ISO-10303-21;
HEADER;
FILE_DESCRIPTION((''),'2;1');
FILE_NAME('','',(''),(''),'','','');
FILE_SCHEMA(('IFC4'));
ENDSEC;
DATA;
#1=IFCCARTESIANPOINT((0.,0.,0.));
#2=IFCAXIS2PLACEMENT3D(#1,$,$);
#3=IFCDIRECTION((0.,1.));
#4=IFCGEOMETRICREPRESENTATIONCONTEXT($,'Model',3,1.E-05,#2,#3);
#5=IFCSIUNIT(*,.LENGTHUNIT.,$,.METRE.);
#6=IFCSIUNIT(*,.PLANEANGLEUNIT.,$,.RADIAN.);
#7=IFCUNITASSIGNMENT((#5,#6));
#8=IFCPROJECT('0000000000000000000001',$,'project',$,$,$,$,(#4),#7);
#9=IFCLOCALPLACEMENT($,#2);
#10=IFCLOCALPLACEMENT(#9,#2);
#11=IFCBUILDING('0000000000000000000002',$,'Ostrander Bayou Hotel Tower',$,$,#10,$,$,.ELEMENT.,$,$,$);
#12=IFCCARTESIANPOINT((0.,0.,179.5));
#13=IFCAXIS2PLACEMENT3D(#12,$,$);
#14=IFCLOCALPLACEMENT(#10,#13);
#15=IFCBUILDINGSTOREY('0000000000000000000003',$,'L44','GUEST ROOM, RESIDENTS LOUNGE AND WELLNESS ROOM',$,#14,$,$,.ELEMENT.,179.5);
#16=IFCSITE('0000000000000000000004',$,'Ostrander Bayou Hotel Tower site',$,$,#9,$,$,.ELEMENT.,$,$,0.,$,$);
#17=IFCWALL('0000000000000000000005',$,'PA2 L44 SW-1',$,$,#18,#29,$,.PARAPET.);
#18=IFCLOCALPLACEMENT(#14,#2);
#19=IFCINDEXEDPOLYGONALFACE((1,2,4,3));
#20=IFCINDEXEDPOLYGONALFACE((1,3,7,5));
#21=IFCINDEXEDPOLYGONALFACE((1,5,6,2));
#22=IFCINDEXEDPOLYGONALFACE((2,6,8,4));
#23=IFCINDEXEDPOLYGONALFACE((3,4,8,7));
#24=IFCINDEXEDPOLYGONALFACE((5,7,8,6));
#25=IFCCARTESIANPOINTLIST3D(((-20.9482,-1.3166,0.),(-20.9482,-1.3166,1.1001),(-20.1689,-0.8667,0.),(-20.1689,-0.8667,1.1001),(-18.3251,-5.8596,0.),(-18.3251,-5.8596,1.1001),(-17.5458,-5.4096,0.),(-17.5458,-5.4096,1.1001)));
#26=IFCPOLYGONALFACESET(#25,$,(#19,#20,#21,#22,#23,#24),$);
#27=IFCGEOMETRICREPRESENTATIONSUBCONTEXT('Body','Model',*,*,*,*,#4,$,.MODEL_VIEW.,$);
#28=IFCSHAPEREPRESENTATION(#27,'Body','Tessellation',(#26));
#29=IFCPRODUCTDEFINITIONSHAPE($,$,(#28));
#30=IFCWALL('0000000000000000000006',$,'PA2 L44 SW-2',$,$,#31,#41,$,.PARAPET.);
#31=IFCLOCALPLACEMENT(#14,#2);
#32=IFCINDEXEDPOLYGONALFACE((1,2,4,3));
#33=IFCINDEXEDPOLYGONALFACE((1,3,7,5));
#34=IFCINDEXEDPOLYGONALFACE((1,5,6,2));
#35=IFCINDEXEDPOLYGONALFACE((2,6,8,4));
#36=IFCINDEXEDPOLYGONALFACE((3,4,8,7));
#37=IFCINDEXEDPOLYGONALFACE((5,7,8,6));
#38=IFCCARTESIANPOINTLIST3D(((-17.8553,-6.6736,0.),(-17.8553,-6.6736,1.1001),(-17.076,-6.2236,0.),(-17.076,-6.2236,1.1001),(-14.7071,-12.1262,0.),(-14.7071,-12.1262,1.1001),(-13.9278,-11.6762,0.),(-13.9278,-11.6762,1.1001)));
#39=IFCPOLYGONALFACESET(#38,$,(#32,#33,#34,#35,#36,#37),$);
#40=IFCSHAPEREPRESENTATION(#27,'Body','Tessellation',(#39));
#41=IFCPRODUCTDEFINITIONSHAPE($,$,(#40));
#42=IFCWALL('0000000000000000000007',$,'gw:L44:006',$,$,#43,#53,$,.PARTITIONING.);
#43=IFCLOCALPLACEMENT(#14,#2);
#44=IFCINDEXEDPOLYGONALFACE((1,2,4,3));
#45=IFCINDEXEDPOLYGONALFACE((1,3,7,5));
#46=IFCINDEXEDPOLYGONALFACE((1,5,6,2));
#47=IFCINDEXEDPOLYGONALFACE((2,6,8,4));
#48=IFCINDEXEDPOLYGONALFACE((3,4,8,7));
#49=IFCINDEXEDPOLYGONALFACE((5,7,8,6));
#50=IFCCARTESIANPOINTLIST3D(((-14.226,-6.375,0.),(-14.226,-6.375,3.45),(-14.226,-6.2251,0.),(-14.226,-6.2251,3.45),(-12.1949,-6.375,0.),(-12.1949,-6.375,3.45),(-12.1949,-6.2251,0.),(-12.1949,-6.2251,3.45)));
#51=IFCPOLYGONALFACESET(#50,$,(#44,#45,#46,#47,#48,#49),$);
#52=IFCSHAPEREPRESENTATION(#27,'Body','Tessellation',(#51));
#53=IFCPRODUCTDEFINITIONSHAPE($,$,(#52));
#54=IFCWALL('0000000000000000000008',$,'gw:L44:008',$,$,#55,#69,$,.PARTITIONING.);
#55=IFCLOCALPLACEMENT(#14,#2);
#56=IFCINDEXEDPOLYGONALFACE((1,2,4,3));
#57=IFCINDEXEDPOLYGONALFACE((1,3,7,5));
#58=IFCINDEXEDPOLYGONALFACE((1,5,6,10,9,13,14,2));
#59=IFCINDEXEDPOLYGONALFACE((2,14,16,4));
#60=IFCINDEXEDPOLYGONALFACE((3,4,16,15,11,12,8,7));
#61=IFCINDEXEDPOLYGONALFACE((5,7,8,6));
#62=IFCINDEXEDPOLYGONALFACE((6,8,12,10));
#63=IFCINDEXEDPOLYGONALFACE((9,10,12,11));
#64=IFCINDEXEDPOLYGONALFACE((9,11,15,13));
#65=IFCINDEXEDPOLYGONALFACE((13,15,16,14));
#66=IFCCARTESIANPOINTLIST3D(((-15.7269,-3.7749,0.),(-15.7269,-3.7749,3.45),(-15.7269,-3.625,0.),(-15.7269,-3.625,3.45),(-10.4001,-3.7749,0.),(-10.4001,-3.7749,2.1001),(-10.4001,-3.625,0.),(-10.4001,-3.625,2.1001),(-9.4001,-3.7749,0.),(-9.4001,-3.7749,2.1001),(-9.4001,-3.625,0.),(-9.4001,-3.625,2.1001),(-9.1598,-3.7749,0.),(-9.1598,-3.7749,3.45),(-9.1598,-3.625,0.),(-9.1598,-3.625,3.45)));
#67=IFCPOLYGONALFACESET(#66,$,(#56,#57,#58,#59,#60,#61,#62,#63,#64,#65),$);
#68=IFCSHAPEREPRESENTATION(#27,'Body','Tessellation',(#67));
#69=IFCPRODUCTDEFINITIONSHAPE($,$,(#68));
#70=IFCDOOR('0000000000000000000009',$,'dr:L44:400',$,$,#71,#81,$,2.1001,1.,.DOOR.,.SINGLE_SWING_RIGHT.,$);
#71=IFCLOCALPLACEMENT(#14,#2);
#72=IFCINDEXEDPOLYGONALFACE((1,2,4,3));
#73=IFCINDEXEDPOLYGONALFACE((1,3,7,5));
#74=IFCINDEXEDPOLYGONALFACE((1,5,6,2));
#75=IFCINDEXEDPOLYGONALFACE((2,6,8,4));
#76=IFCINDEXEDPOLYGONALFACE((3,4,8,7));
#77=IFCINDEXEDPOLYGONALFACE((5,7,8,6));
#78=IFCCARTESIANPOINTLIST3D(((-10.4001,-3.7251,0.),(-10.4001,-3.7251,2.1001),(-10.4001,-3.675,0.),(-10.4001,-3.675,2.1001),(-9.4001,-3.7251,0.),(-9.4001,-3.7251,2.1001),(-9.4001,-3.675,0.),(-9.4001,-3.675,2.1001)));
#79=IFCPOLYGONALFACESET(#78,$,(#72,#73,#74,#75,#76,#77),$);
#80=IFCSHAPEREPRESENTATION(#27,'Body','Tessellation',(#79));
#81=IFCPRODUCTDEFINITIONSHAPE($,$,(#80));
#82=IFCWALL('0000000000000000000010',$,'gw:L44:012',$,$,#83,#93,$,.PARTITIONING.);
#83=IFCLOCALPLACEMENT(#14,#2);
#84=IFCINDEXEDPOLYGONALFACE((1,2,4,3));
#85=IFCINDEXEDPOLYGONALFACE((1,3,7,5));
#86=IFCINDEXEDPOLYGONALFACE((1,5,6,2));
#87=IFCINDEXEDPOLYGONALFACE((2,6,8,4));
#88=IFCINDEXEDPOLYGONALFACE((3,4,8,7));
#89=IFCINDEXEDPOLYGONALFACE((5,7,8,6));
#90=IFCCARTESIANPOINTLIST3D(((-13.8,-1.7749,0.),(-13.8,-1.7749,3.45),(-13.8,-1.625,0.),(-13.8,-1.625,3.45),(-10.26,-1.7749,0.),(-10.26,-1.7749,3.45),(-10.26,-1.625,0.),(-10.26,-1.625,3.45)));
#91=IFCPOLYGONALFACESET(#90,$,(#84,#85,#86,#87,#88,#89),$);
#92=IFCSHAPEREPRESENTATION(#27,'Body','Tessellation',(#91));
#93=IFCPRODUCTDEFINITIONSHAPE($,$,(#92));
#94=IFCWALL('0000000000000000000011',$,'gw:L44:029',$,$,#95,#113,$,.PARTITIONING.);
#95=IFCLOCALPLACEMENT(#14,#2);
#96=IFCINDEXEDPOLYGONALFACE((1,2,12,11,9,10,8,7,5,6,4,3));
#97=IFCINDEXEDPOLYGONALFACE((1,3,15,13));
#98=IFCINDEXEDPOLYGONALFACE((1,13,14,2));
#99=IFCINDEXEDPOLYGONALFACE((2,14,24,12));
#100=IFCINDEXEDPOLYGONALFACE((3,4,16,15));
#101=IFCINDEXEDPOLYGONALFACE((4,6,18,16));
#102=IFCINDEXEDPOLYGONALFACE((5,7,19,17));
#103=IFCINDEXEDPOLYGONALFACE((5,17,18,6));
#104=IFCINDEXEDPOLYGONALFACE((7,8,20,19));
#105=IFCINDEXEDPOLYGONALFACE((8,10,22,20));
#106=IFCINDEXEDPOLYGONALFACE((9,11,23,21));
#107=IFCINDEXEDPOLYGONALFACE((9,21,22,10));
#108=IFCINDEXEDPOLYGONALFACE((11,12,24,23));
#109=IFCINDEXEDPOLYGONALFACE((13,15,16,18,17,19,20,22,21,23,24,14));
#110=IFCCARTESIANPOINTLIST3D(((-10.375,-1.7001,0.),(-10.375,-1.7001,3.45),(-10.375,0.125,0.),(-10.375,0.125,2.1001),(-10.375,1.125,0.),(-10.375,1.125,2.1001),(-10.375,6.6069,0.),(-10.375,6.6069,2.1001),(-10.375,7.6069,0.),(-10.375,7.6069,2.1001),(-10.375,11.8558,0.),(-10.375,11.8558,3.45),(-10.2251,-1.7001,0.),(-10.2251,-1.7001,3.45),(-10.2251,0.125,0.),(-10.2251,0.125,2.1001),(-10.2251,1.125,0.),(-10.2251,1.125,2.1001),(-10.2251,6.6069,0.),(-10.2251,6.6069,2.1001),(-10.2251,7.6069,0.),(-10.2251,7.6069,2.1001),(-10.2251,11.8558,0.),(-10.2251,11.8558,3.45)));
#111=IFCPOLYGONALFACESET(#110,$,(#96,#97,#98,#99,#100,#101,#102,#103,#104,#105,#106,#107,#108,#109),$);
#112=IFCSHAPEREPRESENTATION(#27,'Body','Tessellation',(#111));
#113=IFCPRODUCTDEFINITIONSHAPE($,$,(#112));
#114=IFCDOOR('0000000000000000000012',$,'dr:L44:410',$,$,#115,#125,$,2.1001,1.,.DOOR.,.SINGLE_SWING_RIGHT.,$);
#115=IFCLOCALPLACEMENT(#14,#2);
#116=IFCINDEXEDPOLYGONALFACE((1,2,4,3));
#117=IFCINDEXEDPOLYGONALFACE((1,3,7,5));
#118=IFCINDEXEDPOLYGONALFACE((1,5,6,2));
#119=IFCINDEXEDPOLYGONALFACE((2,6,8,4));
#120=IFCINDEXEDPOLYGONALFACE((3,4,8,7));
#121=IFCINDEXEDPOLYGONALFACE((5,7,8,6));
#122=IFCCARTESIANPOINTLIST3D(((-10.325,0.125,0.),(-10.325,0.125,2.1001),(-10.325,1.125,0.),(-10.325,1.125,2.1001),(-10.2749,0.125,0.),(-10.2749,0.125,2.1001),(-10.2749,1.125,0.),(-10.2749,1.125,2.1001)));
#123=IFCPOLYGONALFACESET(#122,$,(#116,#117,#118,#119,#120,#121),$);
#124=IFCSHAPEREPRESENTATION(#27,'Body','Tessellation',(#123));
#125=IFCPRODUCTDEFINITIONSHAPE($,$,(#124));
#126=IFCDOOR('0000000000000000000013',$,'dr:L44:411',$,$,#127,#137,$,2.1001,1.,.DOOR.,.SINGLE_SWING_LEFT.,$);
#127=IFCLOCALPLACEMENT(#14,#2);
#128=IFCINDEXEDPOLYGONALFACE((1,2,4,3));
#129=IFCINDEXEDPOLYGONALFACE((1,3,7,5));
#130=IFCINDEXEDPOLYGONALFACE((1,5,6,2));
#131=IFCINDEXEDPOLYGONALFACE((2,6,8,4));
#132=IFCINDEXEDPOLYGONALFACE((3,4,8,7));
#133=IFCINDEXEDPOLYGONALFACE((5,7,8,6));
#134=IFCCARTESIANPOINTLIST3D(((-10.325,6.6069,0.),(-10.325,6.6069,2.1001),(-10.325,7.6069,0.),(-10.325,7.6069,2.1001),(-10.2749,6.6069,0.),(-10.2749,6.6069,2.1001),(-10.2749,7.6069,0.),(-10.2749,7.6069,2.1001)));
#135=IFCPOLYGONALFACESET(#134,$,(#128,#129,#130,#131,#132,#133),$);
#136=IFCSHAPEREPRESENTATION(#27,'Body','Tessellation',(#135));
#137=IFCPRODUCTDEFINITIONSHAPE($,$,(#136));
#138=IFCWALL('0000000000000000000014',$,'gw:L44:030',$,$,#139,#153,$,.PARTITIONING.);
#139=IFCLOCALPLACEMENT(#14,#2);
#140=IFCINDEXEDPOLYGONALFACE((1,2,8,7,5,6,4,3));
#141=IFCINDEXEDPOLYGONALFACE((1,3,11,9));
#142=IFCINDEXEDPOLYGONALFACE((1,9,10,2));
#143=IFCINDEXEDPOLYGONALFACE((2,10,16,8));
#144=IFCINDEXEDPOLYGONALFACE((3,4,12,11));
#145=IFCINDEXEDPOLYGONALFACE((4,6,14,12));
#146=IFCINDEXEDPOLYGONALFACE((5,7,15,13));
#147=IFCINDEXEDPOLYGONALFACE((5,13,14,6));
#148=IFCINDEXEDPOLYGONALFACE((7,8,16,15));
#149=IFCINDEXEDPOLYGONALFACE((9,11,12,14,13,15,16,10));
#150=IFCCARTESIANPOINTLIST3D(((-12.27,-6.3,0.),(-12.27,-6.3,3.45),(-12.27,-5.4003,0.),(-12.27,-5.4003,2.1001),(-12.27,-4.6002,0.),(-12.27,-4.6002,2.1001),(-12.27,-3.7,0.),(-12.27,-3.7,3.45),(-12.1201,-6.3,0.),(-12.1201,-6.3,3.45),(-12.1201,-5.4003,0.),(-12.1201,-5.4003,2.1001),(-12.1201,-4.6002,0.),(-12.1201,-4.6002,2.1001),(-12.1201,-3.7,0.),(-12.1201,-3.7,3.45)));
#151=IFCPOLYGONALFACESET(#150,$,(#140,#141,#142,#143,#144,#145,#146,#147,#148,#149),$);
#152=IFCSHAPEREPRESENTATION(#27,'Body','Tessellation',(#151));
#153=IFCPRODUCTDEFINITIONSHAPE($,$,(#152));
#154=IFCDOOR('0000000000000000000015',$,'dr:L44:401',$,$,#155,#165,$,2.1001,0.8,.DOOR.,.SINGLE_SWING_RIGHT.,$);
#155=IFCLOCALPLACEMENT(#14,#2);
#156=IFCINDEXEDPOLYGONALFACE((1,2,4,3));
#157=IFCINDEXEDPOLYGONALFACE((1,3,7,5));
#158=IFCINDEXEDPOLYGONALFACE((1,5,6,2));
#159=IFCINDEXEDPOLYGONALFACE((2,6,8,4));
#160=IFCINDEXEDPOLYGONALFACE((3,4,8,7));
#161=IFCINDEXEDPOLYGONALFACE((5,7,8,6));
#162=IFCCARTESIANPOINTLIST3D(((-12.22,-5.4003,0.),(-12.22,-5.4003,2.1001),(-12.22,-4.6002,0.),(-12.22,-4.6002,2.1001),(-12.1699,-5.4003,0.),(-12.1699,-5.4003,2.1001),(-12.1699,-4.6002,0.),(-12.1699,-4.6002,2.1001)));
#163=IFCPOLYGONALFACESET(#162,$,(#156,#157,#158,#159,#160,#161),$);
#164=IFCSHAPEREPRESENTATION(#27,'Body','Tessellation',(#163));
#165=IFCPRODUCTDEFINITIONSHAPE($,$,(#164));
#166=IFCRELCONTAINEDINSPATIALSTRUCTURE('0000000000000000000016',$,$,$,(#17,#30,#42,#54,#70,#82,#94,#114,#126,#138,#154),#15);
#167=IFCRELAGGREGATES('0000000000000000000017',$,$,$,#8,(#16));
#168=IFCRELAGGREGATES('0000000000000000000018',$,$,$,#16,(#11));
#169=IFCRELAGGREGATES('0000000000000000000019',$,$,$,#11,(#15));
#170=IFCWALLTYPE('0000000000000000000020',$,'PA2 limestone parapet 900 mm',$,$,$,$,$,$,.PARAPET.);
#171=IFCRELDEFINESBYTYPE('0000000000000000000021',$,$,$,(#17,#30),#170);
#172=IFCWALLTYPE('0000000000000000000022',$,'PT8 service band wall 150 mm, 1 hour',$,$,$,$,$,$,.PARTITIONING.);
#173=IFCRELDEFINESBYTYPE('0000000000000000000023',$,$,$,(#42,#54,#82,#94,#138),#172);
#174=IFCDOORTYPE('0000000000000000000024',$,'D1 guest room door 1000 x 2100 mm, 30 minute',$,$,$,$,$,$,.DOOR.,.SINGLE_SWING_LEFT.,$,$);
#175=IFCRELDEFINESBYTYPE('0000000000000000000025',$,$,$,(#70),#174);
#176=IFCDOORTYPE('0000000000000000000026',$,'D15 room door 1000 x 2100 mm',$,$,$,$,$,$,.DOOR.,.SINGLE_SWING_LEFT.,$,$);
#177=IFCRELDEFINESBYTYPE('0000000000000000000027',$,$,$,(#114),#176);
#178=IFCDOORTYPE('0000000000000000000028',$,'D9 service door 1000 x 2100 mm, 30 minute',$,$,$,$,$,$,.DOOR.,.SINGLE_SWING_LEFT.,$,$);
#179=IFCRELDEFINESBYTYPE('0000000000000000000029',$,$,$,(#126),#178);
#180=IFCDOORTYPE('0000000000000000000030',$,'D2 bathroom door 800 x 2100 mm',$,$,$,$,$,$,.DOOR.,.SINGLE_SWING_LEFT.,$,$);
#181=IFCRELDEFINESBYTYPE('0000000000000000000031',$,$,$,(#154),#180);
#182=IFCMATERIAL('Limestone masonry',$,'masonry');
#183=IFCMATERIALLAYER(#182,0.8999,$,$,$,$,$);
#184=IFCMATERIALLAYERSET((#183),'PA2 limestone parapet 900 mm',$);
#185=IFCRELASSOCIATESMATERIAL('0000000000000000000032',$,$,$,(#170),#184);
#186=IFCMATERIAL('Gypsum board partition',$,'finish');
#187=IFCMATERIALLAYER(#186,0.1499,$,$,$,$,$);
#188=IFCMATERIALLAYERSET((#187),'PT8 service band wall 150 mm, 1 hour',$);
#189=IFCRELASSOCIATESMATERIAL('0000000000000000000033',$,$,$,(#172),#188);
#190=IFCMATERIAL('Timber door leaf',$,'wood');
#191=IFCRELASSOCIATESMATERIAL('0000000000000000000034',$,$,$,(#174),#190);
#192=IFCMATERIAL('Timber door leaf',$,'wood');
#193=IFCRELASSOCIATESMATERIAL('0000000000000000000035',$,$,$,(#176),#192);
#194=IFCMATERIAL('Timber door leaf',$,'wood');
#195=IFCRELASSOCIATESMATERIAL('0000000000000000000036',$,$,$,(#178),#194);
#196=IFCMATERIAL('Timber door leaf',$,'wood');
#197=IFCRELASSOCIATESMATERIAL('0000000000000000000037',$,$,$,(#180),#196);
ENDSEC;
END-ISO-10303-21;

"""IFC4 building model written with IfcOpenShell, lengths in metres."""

from ifc_helpers import new_model, si_unit, direction, frame, frame_2d, origin, place, context, subcontext, project, spatial, rectangle, extrude, material, layer, layer_set, type_object, element, fill, save


model = new_model("IFC4")

# Units and contexts
model_context = context("Model", 3, precision=1e-05, world=origin(), true_north=direction((0.0, 1.0)))
body_context = subcontext(model_context, "Body", "Model", "MODEL_VIEW")
ifc_project = project(units=[si_unit("LENGTHUNIT", "METRE"), si_unit("PLANEANGLEUNIT", "RADIAN")], contexts=[model_context])

# Site, building, storey
site_placement = place(None, origin())
site = spatial("IfcSite", under=ifc_project, at=site_placement, Name="Ostrander Bayou Hotel Tower site", CompositionType="ELEMENT", RefElevation=0.0)
building_placement = place(site_placement, origin())
building = spatial("IfcBuilding", under=site, at=building_placement, Name="Ostrander Bayou Hotel Tower", CompositionType="ELEMENT")
storey_placement = place(building_placement, frame((0.0, 0.0, 179.5)))
storey = spatial("IfcBuildingStorey", under=building, at=storey_placement, Name="L44", Description="GUEST ROOM, RESIDENTS LOUNGE AND WELLNESS ROOM", CompositionType="ELEMENT", Elevation=179.5)

# Walls
ifc_material_1 = material(Name="Limestone masonry", Category="masonry")
ifc_layer_1 = layer(ifc_material_1, 0.8999)
ifc_layer_set_1 = layer_set([ifc_layer_1], Name="PA2 limestone parapet 900 mm")
wall_type_1 = type_object("IfcWallType", Name="PA2 limestone parapet 900 mm", PredefinedType="PARAPET", material=ifc_layer_set_1)
wall_1_placement = place(storey_placement, frame((-20.5586, -1.0916, 0.0), z_axis=(0.0, 0.0, 1.0), x_axis=(0.500023, -0.866012, 0.0)))
element("IfcWall", 1, at=wall_1_placement, inside=storey, type_object=wall_type_1, Name="PA2 L44 SW-1", PredefinedType="PARAPET", context=body_context, shape_type="SweptSolid", body=[
    extrude(rectangle(XDim=5.2458, YDim=0.8999, at=frame_2d((2.623, 0.0))), origin(), (0.0, 0.0, 1.0), 1.1001),
])
wall_2_placement = place(storey_placement, frame((-17.4656, -6.4487, 0.0), z_axis=(0.0, 0.0, 1.0), x_axis=(0.500013, -0.866018, 0.0)))
element("IfcWall", 2, at=wall_2_placement, inside=storey, type_object=wall_type_1, Name="PA2 L44 SW-2", PredefinedType="PARAPET", context=body_context, shape_type="SweptSolid", body=[
    extrude(rectangle(XDim=6.2961, YDim=0.8999, at=frame_2d((3.1479, 0.0))), origin(), (0.0, 0.0, 1.0), 1.1001),
])
ifc_material_2 = material(Name="Gypsum board partition", Category="finish")
ifc_layer_2 = layer(ifc_material_2, 0.1499)
ifc_layer_set_2 = layer_set([ifc_layer_2], Name="PT8 service band wall 150 mm, 1 hour")
wall_type_2 = type_object("IfcWallType", Name="PT8 service band wall 150 mm, 1 hour", PredefinedType="PARTITIONING", material=ifc_layer_set_2)
wall_3_placement = place(storey_placement, frame((-14.2261, -6.3, 0.0), z_axis=(0.0, 0.0, 1.0), x_axis=(1.0, 0.0, 0.0)))
element("IfcWall", 3, at=wall_3_placement, inside=storey, type_object=wall_type_2, Name="gw:L44:006", PredefinedType="PARTITIONING", context=body_context, shape_type="SweptSolid", body=[
    extrude(rectangle(XDim=2.031, YDim=0.1499, at=frame_2d((1.0156, 0.0))), origin(), (0.0, 0.0, 1.0), 3.45),
])

# Wall, opening, door
wall_4_placement = place(storey_placement, frame((-15.7271, -3.7, 0.0), z_axis=(0.0, 0.0, 1.0), x_axis=(1.0, 0.0, 0.0)))
wall_4 = element("IfcWall", 4, at=wall_4_placement, inside=storey, type_object=wall_type_2, Name="gw:L44:008", PredefinedType="PARTITIONING", context=body_context, shape_type="SweptSolid", body=[
    extrude(rectangle(XDim=6.5671, YDim=0.1499, at=frame_2d((3.2837, 0.0))), origin(), (0.0, 0.0, 1.0), 3.45),
])
opening_1_placement = place(wall_4_placement, frame((5.3269, 0.0, 0.0)))
opening_1 = element("IfcOpeningElement", 5, at=opening_1_placement, cuts=wall_4, PredefinedType="OPENING", context=body_context, shape_type="SweptSolid", body=[
    extrude(rectangle(XDim=1.0, YDim=2.1001, at=frame_2d((0.5, 1.05))), frame((0.0, 0.075, 0.0), z_axis=(0.0, -1.0, 0.0), x_axis=(1.0, 0.0, 0.0)), (0.0, 0.0, 1.0), 0.1499),
])
ifc_material_3 = material(Name="Timber door leaf", Category="wood")
door_type_1 = type_object("IfcDoorType", Name="D1 guest room door 1000 x 2100 mm, 30 minute", OperationType="SINGLE_SWING_LEFT", PredefinedType="DOOR", material=ifc_material_3)
door_1_placement = place(opening_1_placement, origin())
door_1 = element("IfcDoor", 6, at=door_1_placement, inside=storey, type_object=door_type_1, Name="dr:L44:400", OperationType="SINGLE_SWING_RIGHT", OverallHeight=2.1001, OverallWidth=1.0, PredefinedType="DOOR", context=body_context, shape_type="SweptSolid", body=[
    extrude(rectangle(XDim=1.0, YDim=2.1001, at=frame_2d((0.5, 1.05))), frame((0.0, 0.0249, 0.0), z_axis=(0.0, -1.0, 0.0), x_axis=(1.0, 0.0, 0.0)), (0.0, 0.0, 1.0), 0.05),
])
fill(opening_1, door_1)

# Wall
wall_5_placement = place(storey_placement, frame((-13.8, -1.7, 0.0), z_axis=(0.0, 0.0, 1.0), x_axis=(1.0, 0.0, 0.0)))
element("IfcWall", 7, at=wall_5_placement, inside=storey, type_object=wall_type_2, Name="gw:L44:012", PredefinedType="PARTITIONING", context=body_context, shape_type="SweptSolid", body=[
    extrude(rectangle(XDim=3.54, YDim=0.1499, at=frame_2d((1.77, 0.0))), origin(), (0.0, 0.0, 1.0), 3.45),
])

# Wall, openings, doors
wall_6_placement = place(storey_placement, frame((-10.3, -1.7, 0.0), z_axis=(0.0, 0.0, 1.0), x_axis=(0.0, 1.0, 0.0)))
wall_6 = element("IfcWall", 8, at=wall_6_placement, inside=storey, type_object=wall_type_2, Name="gw:L44:029", PredefinedType="PARTITIONING", context=body_context, shape_type="SweptSolid", body=[
    extrude(rectangle(XDim=13.5559, YDim=0.1499, at=frame_2d((6.7778, 0.0))), origin(), (0.0, 0.0, 1.0), 3.45),
])
opening_2_placement = place(wall_6_placement, frame((1.825, 0.0, 0.0)))
opening_2 = element("IfcOpeningElement", 9, at=opening_2_placement, cuts=wall_6, PredefinedType="OPENING", context=body_context, shape_type="SweptSolid", body=[
    extrude(rectangle(XDim=1.0, YDim=2.1001, at=frame_2d((0.5, 1.05))), frame((0.0, 0.075, 0.0), z_axis=(0.0, -1.0, 0.0), x_axis=(1.0, 0.0, 0.0)), (0.0, 0.0, 1.0), 0.1499),
])
opening_3_placement = place(wall_6_placement, frame((8.3069, 0.0, 0.0)))
opening_3 = element("IfcOpeningElement", 10, at=opening_3_placement, cuts=wall_6, PredefinedType="OPENING", context=body_context, shape_type="SweptSolid", body=[
    extrude(rectangle(XDim=1.0, YDim=2.1001, at=frame_2d((0.5, 1.05))), frame((0.0, 0.075, 0.0), z_axis=(0.0, -1.0, 0.0), x_axis=(1.0, 0.0, 0.0)), (0.0, 0.0, 1.0), 0.1499),
])
ifc_material_4 = material(Name="Timber door leaf", Category="wood")
door_type_2 = type_object("IfcDoorType", Name="D15 room door 1000 x 2100 mm", OperationType="SINGLE_SWING_LEFT", PredefinedType="DOOR", material=ifc_material_4)
door_2_placement = place(opening_2_placement, origin())
door_2 = element("IfcDoor", 11, at=door_2_placement, inside=storey, type_object=door_type_2, Name="dr:L44:410", OperationType="SINGLE_SWING_RIGHT", OverallHeight=2.1001, OverallWidth=1.0, PredefinedType="DOOR", context=body_context, shape_type="SweptSolid", body=[
    extrude(rectangle(XDim=1.0, YDim=2.1001, at=frame_2d((0.5, 1.05))), frame((0.0, 0.0249, 0.0), z_axis=(0.0, -1.0, 0.0), x_axis=(1.0, 0.0, 0.0)), (0.0, 0.0, 1.0), 0.05),
])
fill(opening_2, door_2)
ifc_material_5 = material(Name="Timber door leaf", Category="wood")
door_type_3 = type_object("IfcDoorType", Name="D9 service door 1000 x 2100 mm, 30 minute", OperationType="SINGLE_SWING_LEFT", PredefinedType="DOOR", material=ifc_material_5)
door_3_placement = place(opening_3_placement, origin())
door_3 = element("IfcDoor", 12, at=door_3_placement, inside=storey, type_object=door_type_3, Name="dr:L44:411", OperationType="SINGLE_SWING_LEFT", OverallHeight=2.1001, OverallWidth=1.0, PredefinedType="DOOR", context=body_context, shape_type="SweptSolid", body=[
    extrude(rectangle(XDim=1.0, YDim=2.1001, at=frame_2d((0.5, 1.05))), frame((0.0, 0.0249, 0.0), z_axis=(0.0, -1.0, 0.0), x_axis=(1.0, 0.0, 0.0)), (0.0, 0.0, 1.0), 0.05),
])
fill(opening_3, door_3)

# Wall, opening, door
wall_7_placement = place(storey_placement, frame((-12.1951, -6.3, 0.0), z_axis=(0.0, 0.0, 1.0), x_axis=(0.0, 1.0, 0.0)))
wall_7 = element("IfcWall", 13, at=wall_7_placement, inside=storey, type_object=wall_type_2, Name="gw:L44:030", PredefinedType="PARTITIONING", context=body_context, shape_type="SweptSolid", body=[
    extrude(rectangle(XDim=2.6001, YDim=0.1499, at=frame_2d((1.3, 0.0))), origin(), (0.0, 0.0, 1.0), 3.45),
])
opening_4_placement = place(wall_7_placement, frame((0.8999, 0.0, 0.0)))
opening_4 = element("IfcOpeningElement", 14, at=opening_4_placement, cuts=wall_7, PredefinedType="OPENING", context=body_context, shape_type="SweptSolid", body=[
    extrude(rectangle(XDim=0.8, YDim=2.1001, at=frame_2d((0.3999, 1.05))), frame((0.0, 0.075, 0.0), z_axis=(0.0, -1.0, 0.0), x_axis=(1.0, 0.0, 0.0)), (0.0, 0.0, 1.0), 0.1499),
])
ifc_material_6 = material(Name="Timber door leaf", Category="wood")
door_type_4 = type_object("IfcDoorType", Name="D2 bathroom door 800 x 2100 mm", OperationType="SINGLE_SWING_LEFT", PredefinedType="DOOR", material=ifc_material_6)
door_4_placement = place(opening_4_placement, origin())
door_4 = element("IfcDoor", 15, at=door_4_placement, inside=storey, type_object=door_type_4, Name="dr:L44:401", OperationType="SINGLE_SWING_RIGHT", OverallHeight=2.1001, OverallWidth=0.8, PredefinedType="DOOR", context=body_context, shape_type="SweptSolid", body=[
    extrude(rectangle(XDim=0.8, YDim=2.1001, at=frame_2d((0.3999, 1.05))), frame((0.0, 0.0249, 0.0), z_axis=(0.0, -1.0, 0.0), x_axis=(1.0, 0.0, 0.0)), (0.0, 0.0, 1.0), 0.05),
])
fill(opening_4, door_4)

save(model, "model.ifc")
